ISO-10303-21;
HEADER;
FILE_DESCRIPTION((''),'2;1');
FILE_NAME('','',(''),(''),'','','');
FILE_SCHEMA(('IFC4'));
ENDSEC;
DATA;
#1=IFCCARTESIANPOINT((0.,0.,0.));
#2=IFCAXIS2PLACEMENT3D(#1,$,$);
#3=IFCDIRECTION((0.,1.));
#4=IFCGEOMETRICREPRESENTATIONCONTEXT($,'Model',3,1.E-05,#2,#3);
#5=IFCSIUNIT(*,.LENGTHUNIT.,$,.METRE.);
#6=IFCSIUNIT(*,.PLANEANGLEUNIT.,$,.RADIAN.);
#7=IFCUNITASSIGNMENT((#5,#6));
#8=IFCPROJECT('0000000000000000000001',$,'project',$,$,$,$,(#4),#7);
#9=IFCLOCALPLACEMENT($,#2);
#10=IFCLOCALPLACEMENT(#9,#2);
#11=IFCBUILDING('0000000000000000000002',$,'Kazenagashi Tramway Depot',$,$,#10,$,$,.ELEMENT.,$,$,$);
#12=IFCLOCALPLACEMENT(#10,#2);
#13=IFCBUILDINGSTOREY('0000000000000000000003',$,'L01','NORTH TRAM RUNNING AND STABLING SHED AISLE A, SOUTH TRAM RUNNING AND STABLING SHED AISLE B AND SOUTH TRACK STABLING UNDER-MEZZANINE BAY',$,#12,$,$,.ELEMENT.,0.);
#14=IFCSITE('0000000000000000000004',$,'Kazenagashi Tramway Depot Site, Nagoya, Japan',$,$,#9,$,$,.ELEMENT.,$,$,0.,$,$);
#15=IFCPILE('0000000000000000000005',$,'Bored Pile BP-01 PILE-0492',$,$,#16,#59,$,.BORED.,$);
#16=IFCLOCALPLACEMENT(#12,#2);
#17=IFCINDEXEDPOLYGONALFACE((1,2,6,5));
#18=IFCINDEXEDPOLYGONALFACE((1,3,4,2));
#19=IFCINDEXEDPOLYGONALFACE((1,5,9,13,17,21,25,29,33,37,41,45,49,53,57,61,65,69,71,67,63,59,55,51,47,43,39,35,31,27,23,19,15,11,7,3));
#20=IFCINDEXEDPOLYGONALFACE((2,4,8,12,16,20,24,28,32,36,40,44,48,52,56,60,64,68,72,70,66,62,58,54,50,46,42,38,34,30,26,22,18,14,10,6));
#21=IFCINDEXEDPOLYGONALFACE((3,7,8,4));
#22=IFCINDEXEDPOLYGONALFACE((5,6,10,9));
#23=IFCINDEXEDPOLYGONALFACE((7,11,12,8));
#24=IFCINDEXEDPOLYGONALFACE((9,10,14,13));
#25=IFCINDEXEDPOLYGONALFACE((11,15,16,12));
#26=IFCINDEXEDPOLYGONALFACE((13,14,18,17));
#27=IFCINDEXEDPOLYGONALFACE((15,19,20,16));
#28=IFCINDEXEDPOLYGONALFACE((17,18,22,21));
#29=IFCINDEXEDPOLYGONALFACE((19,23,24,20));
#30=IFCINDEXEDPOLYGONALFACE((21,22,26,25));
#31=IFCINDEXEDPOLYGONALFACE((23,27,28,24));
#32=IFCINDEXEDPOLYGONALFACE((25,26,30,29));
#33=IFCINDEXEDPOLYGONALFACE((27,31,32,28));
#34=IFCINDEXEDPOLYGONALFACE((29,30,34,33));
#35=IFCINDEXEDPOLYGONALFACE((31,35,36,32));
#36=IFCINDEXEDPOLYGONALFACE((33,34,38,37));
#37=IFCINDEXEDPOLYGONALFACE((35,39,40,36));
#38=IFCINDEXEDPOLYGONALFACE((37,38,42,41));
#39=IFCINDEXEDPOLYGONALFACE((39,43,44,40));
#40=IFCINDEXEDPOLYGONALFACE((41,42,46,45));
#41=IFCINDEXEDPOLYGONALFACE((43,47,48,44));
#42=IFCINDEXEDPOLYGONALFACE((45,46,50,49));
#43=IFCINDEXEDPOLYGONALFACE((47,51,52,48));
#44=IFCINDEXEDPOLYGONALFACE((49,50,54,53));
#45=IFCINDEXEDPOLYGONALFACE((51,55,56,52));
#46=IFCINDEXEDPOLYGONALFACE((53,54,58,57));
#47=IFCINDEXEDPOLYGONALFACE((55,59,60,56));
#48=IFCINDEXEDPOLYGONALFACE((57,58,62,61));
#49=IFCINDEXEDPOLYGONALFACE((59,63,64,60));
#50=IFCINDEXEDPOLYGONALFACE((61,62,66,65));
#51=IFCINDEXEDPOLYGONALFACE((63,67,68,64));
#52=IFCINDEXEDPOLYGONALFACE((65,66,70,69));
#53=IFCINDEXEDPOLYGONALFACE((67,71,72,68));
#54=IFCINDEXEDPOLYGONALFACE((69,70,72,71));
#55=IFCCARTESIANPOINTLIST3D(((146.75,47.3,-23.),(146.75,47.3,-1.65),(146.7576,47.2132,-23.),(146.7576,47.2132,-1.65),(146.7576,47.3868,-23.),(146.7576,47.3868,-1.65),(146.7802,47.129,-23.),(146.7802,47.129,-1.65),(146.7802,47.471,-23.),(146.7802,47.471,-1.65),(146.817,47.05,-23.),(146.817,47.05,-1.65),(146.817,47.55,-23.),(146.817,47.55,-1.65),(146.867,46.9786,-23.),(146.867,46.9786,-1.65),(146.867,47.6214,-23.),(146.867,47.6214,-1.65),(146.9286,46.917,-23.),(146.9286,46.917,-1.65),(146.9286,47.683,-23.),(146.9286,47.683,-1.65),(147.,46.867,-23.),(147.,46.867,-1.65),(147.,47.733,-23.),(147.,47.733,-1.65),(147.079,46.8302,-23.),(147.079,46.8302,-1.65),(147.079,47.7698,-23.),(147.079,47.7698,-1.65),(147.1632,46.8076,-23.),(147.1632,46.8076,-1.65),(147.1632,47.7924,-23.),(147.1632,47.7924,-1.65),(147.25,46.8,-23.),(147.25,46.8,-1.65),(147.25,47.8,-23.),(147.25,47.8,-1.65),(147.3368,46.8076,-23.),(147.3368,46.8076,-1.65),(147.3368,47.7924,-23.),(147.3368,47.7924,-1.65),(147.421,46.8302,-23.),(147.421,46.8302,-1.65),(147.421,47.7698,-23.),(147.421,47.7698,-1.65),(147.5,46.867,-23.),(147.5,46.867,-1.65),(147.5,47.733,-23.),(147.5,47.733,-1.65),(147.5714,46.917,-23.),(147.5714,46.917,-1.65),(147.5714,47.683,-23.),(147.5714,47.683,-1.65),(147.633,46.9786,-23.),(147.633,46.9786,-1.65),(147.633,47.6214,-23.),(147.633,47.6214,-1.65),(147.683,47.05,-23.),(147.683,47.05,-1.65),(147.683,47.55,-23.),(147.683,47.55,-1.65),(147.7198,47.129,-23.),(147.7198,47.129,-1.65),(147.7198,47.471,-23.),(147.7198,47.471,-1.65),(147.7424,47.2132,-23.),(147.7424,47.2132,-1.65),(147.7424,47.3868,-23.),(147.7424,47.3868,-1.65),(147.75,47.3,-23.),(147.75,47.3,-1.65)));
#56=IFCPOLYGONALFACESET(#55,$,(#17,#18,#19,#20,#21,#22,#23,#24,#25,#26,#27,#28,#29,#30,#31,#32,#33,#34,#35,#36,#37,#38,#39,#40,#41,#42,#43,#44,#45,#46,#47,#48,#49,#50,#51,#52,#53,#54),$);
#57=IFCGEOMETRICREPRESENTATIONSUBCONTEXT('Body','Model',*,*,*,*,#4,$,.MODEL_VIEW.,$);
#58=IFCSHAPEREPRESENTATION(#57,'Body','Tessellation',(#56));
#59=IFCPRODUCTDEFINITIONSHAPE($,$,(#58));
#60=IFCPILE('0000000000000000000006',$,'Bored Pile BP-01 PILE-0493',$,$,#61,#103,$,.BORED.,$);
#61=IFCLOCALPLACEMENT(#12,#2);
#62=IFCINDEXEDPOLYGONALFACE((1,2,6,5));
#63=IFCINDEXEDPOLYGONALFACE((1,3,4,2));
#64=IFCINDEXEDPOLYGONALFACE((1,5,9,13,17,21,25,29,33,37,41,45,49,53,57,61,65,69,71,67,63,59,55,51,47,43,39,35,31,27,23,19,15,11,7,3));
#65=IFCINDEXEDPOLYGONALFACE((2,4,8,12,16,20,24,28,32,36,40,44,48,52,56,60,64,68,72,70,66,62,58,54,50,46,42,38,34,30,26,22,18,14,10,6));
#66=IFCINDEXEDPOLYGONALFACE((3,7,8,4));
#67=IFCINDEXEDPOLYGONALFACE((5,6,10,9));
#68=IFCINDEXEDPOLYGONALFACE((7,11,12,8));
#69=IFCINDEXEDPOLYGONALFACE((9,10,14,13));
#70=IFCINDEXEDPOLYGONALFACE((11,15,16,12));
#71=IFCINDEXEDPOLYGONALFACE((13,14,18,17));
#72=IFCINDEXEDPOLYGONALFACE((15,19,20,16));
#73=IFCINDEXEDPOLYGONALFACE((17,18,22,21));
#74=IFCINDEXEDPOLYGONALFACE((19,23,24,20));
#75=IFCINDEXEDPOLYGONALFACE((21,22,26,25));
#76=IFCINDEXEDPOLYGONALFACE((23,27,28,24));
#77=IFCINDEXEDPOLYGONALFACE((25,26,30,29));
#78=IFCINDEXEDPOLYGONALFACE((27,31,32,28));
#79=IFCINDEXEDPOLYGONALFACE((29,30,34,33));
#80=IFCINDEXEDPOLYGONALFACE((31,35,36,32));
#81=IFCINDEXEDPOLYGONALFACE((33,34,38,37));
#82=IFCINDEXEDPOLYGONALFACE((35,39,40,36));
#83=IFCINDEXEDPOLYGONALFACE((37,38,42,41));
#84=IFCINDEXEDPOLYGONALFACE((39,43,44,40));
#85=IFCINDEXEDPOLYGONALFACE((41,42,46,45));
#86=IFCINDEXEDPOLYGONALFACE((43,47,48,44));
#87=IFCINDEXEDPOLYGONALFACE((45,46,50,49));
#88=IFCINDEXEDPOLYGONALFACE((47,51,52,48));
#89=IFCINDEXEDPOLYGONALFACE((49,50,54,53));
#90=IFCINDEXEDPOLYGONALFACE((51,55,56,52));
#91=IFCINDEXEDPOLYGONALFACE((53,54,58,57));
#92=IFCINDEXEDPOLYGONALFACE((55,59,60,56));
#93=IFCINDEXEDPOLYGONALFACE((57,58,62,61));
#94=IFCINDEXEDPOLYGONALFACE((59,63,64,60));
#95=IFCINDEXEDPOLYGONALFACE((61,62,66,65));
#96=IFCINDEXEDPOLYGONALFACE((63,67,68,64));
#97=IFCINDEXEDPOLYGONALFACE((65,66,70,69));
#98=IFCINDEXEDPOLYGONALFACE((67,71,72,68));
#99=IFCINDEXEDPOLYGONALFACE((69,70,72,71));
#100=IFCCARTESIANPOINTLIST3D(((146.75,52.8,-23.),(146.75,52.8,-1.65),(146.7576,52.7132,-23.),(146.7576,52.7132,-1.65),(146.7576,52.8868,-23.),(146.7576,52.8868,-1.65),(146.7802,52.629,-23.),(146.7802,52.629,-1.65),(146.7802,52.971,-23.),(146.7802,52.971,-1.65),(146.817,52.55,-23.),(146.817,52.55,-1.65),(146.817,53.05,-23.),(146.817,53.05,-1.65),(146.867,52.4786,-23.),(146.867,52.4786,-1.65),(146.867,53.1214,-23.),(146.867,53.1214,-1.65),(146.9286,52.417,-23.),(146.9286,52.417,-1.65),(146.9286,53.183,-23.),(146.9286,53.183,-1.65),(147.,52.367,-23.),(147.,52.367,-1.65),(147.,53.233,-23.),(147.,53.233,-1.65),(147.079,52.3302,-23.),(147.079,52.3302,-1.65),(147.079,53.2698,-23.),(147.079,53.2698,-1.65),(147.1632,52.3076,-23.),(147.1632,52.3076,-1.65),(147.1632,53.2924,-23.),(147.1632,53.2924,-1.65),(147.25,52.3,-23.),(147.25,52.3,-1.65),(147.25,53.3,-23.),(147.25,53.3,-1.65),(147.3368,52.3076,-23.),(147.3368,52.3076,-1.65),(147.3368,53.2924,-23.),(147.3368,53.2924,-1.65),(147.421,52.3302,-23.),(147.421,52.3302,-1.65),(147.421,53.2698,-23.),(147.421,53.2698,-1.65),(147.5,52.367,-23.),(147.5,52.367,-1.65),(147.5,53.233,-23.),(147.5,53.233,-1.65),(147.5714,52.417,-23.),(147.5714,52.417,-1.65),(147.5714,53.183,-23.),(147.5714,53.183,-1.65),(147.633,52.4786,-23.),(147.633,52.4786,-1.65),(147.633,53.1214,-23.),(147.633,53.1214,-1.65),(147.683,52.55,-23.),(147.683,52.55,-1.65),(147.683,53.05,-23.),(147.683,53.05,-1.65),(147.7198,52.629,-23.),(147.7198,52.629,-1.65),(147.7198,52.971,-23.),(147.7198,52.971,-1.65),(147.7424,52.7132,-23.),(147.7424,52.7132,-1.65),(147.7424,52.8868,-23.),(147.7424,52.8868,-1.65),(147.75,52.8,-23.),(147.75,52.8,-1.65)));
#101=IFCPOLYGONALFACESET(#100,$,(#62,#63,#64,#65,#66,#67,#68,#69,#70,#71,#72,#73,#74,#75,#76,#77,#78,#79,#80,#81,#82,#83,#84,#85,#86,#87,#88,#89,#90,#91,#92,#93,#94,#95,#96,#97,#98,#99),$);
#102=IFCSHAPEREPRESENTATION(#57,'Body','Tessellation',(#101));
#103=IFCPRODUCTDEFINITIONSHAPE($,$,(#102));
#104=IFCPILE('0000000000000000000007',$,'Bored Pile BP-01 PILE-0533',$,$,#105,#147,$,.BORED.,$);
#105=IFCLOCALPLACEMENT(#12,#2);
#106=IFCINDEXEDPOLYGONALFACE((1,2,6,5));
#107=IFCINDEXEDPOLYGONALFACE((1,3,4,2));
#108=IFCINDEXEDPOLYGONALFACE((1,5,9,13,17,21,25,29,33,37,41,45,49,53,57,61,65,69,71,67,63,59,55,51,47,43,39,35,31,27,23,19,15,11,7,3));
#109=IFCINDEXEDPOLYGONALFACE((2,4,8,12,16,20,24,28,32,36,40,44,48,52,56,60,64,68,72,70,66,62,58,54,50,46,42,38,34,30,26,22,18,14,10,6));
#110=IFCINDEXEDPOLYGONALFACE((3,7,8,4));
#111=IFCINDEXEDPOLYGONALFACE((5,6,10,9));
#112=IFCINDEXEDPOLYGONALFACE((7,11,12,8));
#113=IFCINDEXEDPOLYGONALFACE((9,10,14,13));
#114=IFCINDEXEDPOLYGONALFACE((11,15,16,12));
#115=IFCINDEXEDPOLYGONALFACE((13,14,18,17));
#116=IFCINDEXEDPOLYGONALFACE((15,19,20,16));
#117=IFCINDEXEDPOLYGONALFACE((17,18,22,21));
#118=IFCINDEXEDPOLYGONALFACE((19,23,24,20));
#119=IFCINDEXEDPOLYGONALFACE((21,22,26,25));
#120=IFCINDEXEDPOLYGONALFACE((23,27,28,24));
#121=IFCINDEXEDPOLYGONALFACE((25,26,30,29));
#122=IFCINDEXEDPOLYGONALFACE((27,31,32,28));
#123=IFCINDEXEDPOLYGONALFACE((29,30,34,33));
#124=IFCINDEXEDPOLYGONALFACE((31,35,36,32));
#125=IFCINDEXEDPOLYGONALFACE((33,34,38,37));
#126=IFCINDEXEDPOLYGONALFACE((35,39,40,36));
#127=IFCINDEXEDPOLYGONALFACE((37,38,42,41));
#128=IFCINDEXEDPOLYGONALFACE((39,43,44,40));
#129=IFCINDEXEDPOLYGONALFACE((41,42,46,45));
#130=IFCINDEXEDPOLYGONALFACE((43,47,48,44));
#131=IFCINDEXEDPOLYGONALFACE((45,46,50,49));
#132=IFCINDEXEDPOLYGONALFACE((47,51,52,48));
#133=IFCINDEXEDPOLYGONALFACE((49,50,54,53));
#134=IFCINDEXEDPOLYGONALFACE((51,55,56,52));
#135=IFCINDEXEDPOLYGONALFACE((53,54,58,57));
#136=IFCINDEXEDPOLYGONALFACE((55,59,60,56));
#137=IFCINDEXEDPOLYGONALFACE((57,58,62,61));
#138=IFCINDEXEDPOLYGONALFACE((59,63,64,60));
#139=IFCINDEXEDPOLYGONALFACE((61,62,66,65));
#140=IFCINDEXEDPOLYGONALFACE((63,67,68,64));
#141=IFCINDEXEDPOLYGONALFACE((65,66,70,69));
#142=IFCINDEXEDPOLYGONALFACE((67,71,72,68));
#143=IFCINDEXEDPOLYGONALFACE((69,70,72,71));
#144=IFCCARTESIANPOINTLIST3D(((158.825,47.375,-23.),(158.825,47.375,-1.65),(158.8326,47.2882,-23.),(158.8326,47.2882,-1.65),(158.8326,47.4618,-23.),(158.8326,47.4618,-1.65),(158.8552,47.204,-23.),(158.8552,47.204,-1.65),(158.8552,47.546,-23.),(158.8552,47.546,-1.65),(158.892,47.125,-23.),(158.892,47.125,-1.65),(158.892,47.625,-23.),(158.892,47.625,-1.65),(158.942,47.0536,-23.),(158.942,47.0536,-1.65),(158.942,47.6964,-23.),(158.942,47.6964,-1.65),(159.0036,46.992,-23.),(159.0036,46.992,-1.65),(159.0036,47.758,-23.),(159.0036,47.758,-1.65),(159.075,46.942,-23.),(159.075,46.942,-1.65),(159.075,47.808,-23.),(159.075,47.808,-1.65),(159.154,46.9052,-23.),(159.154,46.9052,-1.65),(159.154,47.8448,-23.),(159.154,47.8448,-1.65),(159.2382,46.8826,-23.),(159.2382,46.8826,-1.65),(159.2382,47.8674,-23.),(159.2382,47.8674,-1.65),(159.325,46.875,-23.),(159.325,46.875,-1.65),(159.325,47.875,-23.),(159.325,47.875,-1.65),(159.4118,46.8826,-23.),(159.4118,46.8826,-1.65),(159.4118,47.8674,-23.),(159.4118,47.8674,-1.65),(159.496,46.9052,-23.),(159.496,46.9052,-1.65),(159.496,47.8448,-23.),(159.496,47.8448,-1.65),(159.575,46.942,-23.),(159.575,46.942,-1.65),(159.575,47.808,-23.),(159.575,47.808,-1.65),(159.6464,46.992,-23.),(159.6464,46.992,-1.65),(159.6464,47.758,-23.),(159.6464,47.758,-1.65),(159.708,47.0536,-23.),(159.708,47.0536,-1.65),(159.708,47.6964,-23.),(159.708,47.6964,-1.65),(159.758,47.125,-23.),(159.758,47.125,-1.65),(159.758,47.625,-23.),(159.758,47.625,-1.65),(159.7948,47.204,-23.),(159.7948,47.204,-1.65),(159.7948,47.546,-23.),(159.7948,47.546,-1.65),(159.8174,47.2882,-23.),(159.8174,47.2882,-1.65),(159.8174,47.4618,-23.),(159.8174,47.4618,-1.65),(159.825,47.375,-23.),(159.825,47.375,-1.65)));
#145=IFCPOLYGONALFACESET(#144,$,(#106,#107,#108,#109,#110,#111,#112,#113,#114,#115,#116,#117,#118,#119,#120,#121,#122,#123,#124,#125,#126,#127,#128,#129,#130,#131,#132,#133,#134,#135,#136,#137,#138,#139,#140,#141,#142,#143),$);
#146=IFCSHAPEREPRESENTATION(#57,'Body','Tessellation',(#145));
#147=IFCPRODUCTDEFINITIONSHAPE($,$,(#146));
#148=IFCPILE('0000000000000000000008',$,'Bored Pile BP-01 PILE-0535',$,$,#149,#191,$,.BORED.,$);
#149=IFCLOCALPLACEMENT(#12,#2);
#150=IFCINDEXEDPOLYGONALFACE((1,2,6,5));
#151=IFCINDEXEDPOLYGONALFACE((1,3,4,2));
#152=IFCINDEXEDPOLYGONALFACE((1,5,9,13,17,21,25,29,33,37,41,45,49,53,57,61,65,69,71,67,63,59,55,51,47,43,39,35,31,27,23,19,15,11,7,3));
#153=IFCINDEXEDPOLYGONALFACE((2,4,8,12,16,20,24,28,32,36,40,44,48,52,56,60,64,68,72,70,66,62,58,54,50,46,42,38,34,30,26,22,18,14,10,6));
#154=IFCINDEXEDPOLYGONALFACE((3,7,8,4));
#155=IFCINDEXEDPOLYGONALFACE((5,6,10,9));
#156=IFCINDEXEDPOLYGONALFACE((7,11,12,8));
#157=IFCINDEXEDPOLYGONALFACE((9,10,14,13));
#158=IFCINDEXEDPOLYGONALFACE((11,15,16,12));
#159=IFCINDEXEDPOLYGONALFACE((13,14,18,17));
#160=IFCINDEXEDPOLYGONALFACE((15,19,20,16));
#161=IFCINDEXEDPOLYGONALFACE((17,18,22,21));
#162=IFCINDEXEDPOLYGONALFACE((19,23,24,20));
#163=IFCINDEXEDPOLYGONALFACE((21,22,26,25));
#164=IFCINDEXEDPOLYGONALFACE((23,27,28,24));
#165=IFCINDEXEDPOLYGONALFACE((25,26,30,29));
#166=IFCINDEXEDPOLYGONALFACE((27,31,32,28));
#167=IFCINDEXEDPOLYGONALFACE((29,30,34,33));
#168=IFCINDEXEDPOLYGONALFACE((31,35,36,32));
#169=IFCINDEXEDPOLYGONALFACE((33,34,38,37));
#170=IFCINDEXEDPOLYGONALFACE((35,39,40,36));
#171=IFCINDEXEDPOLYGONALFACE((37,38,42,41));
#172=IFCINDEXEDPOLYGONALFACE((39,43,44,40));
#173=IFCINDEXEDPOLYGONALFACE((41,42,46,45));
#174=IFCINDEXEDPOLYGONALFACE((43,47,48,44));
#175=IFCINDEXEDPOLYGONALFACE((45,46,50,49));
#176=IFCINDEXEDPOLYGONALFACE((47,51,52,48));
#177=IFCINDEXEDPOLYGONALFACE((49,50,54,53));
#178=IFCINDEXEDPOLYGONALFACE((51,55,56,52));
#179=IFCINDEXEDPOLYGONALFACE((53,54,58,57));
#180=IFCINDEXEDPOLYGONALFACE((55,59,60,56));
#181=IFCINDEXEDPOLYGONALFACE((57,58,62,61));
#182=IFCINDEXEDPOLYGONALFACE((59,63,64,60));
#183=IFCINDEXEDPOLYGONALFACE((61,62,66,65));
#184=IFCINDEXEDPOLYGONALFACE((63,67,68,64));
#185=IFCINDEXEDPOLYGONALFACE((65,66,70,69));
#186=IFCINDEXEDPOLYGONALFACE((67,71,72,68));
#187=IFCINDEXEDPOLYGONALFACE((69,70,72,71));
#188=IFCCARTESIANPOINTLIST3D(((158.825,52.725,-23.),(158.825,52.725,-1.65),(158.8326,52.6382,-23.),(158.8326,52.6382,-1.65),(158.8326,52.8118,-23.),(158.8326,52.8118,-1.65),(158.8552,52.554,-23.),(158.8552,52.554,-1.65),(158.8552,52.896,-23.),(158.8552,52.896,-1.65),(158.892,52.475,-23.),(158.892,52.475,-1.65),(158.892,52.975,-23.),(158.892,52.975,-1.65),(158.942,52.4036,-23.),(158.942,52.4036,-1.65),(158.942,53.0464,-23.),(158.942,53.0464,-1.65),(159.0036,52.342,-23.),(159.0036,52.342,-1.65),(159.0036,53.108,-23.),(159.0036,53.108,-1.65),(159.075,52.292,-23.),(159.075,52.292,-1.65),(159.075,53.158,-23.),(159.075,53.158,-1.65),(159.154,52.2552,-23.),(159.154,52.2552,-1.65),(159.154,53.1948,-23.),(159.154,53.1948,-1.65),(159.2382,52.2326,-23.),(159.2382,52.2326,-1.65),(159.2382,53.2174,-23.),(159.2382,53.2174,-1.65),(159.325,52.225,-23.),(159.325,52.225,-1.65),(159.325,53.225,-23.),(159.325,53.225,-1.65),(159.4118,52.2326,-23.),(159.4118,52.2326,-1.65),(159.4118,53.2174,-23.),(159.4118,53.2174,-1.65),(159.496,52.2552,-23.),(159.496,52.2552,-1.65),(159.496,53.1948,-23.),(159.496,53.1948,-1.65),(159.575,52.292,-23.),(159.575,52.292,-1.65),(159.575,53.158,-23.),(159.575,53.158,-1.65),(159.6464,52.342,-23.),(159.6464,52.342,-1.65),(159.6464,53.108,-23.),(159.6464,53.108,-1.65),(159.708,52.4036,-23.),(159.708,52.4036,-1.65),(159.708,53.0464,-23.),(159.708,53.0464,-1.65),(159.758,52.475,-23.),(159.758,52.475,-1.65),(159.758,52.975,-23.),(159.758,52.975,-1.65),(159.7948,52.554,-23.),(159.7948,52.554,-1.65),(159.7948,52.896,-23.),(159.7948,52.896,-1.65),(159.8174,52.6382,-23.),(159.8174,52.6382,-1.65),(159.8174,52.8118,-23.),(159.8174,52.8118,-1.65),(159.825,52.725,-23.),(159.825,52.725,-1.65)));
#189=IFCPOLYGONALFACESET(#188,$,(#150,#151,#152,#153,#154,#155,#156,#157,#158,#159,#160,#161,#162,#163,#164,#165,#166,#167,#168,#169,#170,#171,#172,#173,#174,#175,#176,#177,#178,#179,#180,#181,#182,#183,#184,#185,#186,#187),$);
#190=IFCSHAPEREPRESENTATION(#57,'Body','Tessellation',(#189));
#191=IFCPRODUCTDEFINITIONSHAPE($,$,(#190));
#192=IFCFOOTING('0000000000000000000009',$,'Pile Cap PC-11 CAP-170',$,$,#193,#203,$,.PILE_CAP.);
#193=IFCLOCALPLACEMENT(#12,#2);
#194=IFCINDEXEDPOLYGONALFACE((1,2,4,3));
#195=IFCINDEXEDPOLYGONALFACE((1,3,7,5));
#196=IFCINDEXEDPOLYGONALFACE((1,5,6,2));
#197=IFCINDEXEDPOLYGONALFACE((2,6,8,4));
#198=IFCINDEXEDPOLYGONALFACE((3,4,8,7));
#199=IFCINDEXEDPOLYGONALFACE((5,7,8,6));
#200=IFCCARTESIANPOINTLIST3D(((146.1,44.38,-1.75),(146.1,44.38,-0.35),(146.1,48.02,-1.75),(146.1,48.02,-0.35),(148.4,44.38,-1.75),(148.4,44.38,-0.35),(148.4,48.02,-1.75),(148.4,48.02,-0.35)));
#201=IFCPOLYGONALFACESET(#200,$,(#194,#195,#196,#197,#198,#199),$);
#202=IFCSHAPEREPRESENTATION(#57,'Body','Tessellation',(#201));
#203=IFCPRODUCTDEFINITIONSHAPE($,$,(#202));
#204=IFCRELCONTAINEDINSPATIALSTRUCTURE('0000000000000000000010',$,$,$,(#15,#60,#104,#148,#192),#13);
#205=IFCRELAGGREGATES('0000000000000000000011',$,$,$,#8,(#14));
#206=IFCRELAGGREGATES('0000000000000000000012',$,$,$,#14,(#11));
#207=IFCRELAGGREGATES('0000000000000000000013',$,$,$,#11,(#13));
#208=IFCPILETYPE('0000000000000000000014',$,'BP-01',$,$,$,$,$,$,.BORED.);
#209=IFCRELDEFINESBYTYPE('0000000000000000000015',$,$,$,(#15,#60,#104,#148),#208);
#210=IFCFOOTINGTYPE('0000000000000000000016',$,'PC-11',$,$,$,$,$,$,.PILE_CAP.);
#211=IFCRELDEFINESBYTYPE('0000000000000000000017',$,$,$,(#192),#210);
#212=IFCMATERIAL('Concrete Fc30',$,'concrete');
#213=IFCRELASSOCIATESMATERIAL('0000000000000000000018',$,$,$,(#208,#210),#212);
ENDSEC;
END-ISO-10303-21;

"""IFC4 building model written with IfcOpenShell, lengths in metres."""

from ifc_helpers import new_model, si_unit, direction, frame, origin, origin_2d, place, context, subcontext, project, spatial, rectangle, circle, extrude, material, material_profile, profile_set, type_object, element, save


model = new_model("IFC4")

# Units and contexts
model_context = context("Model", 3, precision=1e-05, world=origin(), true_north=direction((0.0, 1.0)))
body_context = subcontext(model_context, "Body", "Model", "MODEL_VIEW")
ifc_project = project(units=[si_unit("LENGTHUNIT", "METRE"), si_unit("PLANEANGLEUNIT", "RADIAN")], contexts=[model_context])

# Site, building, storey
site_placement = place(None, origin())
site = spatial("IfcSite", under=ifc_project, at=site_placement, Name="Kazenagashi Tramway Depot Site, Nagoya, Japan", CompositionType="ELEMENT", RefElevation=0.0)
building_placement = place(site_placement, origin())
building = spatial("IfcBuilding", under=site, at=building_placement, Name="Kazenagashi Tramway Depot", CompositionType="ELEMENT")
storey_placement = place(building_placement, origin())
storey = spatial("IfcBuildingStorey", under=building, at=storey_placement, Name="L01", Description="NORTH TRAM RUNNING AND STABLING SHED AISLE A, SOUTH TRAM RUNNING AND STABLING SHED AISLE B AND SOUTH TRACK STABLING UNDER-MEZZANINE BAY", CompositionType="ELEMENT", Elevation=0.0)

# Piles
ifc_material_1 = material(Name="Concrete Fc30", Category="concrete")
ifc_material_profile_1 = material_profile(ifc_material_1, circle(Radius=0.5, at=origin_2d()), Name="PILE-1000")
ifc_profile_set_1 = profile_set([ifc_material_profile_1], Name="Concrete Fc30")
pile_type = type_object("IfcPileType", Name="BP-01", PredefinedType="BORED", material=ifc_profile_set_1)
for number, where, z_axis, x_axis, name in (
    (1, (147.25, 47.3, -1.65), (0.0, 0.0, -1.0), (1.0, 0.0, 0.0), "Bored Pile BP-01 PILE-0492"),
    (2, (147.25, 52.8, -1.65), (0.0, 0.0, -1.0), (1.0, 0.0, 0.0), "Bored Pile BP-01 PILE-0493"),
    (3, (159.325, 47.375, -1.65), (0.0, 0.0, -1.0), (1.0, 0.0, 0.0), "Bored Pile BP-01 PILE-0533"),
    (4, (159.325, 52.725, -1.65), (0.0, 0.0, -1.0), (1.0, 0.0, 0.0), "Bored Pile BP-01 PILE-0535"),
):
    element("IfcPile", number, at=place(storey_placement, frame(where, z_axis=z_axis, x_axis=x_axis)), inside=storey, type_object=pile_type, Name=name, PredefinedType="BORED", context=body_context, shape_type="SweptSolid", body=[
        extrude(circle(Radius=0.5, at=origin_2d()), origin(), (0.0, 0.0, 1.0), 21.35),
    ])

# Footing
footing_type = type_object("IfcFootingType", Name="PC-11", PredefinedType="PILE_CAP", material=ifc_material_1)
footing_placement = place(storey_placement, frame((147.25, 46.2, -1.75), z_axis=(0.0, 0.0, 1.0), x_axis=(1.0, 0.0, 0.0)))
element("IfcFooting", 5, at=footing_placement, inside=storey, type_object=footing_type, Name="Pile Cap PC-11 CAP-170", PredefinedType="PILE_CAP", context=body_context, shape_type="SweptSolid", body=[
    extrude(rectangle(XDim=2.3, YDim=3.64, at=origin_2d()), origin(), (0.0, 0.0, 1.0), 1.4),
])

save(model, "model.ifc")
